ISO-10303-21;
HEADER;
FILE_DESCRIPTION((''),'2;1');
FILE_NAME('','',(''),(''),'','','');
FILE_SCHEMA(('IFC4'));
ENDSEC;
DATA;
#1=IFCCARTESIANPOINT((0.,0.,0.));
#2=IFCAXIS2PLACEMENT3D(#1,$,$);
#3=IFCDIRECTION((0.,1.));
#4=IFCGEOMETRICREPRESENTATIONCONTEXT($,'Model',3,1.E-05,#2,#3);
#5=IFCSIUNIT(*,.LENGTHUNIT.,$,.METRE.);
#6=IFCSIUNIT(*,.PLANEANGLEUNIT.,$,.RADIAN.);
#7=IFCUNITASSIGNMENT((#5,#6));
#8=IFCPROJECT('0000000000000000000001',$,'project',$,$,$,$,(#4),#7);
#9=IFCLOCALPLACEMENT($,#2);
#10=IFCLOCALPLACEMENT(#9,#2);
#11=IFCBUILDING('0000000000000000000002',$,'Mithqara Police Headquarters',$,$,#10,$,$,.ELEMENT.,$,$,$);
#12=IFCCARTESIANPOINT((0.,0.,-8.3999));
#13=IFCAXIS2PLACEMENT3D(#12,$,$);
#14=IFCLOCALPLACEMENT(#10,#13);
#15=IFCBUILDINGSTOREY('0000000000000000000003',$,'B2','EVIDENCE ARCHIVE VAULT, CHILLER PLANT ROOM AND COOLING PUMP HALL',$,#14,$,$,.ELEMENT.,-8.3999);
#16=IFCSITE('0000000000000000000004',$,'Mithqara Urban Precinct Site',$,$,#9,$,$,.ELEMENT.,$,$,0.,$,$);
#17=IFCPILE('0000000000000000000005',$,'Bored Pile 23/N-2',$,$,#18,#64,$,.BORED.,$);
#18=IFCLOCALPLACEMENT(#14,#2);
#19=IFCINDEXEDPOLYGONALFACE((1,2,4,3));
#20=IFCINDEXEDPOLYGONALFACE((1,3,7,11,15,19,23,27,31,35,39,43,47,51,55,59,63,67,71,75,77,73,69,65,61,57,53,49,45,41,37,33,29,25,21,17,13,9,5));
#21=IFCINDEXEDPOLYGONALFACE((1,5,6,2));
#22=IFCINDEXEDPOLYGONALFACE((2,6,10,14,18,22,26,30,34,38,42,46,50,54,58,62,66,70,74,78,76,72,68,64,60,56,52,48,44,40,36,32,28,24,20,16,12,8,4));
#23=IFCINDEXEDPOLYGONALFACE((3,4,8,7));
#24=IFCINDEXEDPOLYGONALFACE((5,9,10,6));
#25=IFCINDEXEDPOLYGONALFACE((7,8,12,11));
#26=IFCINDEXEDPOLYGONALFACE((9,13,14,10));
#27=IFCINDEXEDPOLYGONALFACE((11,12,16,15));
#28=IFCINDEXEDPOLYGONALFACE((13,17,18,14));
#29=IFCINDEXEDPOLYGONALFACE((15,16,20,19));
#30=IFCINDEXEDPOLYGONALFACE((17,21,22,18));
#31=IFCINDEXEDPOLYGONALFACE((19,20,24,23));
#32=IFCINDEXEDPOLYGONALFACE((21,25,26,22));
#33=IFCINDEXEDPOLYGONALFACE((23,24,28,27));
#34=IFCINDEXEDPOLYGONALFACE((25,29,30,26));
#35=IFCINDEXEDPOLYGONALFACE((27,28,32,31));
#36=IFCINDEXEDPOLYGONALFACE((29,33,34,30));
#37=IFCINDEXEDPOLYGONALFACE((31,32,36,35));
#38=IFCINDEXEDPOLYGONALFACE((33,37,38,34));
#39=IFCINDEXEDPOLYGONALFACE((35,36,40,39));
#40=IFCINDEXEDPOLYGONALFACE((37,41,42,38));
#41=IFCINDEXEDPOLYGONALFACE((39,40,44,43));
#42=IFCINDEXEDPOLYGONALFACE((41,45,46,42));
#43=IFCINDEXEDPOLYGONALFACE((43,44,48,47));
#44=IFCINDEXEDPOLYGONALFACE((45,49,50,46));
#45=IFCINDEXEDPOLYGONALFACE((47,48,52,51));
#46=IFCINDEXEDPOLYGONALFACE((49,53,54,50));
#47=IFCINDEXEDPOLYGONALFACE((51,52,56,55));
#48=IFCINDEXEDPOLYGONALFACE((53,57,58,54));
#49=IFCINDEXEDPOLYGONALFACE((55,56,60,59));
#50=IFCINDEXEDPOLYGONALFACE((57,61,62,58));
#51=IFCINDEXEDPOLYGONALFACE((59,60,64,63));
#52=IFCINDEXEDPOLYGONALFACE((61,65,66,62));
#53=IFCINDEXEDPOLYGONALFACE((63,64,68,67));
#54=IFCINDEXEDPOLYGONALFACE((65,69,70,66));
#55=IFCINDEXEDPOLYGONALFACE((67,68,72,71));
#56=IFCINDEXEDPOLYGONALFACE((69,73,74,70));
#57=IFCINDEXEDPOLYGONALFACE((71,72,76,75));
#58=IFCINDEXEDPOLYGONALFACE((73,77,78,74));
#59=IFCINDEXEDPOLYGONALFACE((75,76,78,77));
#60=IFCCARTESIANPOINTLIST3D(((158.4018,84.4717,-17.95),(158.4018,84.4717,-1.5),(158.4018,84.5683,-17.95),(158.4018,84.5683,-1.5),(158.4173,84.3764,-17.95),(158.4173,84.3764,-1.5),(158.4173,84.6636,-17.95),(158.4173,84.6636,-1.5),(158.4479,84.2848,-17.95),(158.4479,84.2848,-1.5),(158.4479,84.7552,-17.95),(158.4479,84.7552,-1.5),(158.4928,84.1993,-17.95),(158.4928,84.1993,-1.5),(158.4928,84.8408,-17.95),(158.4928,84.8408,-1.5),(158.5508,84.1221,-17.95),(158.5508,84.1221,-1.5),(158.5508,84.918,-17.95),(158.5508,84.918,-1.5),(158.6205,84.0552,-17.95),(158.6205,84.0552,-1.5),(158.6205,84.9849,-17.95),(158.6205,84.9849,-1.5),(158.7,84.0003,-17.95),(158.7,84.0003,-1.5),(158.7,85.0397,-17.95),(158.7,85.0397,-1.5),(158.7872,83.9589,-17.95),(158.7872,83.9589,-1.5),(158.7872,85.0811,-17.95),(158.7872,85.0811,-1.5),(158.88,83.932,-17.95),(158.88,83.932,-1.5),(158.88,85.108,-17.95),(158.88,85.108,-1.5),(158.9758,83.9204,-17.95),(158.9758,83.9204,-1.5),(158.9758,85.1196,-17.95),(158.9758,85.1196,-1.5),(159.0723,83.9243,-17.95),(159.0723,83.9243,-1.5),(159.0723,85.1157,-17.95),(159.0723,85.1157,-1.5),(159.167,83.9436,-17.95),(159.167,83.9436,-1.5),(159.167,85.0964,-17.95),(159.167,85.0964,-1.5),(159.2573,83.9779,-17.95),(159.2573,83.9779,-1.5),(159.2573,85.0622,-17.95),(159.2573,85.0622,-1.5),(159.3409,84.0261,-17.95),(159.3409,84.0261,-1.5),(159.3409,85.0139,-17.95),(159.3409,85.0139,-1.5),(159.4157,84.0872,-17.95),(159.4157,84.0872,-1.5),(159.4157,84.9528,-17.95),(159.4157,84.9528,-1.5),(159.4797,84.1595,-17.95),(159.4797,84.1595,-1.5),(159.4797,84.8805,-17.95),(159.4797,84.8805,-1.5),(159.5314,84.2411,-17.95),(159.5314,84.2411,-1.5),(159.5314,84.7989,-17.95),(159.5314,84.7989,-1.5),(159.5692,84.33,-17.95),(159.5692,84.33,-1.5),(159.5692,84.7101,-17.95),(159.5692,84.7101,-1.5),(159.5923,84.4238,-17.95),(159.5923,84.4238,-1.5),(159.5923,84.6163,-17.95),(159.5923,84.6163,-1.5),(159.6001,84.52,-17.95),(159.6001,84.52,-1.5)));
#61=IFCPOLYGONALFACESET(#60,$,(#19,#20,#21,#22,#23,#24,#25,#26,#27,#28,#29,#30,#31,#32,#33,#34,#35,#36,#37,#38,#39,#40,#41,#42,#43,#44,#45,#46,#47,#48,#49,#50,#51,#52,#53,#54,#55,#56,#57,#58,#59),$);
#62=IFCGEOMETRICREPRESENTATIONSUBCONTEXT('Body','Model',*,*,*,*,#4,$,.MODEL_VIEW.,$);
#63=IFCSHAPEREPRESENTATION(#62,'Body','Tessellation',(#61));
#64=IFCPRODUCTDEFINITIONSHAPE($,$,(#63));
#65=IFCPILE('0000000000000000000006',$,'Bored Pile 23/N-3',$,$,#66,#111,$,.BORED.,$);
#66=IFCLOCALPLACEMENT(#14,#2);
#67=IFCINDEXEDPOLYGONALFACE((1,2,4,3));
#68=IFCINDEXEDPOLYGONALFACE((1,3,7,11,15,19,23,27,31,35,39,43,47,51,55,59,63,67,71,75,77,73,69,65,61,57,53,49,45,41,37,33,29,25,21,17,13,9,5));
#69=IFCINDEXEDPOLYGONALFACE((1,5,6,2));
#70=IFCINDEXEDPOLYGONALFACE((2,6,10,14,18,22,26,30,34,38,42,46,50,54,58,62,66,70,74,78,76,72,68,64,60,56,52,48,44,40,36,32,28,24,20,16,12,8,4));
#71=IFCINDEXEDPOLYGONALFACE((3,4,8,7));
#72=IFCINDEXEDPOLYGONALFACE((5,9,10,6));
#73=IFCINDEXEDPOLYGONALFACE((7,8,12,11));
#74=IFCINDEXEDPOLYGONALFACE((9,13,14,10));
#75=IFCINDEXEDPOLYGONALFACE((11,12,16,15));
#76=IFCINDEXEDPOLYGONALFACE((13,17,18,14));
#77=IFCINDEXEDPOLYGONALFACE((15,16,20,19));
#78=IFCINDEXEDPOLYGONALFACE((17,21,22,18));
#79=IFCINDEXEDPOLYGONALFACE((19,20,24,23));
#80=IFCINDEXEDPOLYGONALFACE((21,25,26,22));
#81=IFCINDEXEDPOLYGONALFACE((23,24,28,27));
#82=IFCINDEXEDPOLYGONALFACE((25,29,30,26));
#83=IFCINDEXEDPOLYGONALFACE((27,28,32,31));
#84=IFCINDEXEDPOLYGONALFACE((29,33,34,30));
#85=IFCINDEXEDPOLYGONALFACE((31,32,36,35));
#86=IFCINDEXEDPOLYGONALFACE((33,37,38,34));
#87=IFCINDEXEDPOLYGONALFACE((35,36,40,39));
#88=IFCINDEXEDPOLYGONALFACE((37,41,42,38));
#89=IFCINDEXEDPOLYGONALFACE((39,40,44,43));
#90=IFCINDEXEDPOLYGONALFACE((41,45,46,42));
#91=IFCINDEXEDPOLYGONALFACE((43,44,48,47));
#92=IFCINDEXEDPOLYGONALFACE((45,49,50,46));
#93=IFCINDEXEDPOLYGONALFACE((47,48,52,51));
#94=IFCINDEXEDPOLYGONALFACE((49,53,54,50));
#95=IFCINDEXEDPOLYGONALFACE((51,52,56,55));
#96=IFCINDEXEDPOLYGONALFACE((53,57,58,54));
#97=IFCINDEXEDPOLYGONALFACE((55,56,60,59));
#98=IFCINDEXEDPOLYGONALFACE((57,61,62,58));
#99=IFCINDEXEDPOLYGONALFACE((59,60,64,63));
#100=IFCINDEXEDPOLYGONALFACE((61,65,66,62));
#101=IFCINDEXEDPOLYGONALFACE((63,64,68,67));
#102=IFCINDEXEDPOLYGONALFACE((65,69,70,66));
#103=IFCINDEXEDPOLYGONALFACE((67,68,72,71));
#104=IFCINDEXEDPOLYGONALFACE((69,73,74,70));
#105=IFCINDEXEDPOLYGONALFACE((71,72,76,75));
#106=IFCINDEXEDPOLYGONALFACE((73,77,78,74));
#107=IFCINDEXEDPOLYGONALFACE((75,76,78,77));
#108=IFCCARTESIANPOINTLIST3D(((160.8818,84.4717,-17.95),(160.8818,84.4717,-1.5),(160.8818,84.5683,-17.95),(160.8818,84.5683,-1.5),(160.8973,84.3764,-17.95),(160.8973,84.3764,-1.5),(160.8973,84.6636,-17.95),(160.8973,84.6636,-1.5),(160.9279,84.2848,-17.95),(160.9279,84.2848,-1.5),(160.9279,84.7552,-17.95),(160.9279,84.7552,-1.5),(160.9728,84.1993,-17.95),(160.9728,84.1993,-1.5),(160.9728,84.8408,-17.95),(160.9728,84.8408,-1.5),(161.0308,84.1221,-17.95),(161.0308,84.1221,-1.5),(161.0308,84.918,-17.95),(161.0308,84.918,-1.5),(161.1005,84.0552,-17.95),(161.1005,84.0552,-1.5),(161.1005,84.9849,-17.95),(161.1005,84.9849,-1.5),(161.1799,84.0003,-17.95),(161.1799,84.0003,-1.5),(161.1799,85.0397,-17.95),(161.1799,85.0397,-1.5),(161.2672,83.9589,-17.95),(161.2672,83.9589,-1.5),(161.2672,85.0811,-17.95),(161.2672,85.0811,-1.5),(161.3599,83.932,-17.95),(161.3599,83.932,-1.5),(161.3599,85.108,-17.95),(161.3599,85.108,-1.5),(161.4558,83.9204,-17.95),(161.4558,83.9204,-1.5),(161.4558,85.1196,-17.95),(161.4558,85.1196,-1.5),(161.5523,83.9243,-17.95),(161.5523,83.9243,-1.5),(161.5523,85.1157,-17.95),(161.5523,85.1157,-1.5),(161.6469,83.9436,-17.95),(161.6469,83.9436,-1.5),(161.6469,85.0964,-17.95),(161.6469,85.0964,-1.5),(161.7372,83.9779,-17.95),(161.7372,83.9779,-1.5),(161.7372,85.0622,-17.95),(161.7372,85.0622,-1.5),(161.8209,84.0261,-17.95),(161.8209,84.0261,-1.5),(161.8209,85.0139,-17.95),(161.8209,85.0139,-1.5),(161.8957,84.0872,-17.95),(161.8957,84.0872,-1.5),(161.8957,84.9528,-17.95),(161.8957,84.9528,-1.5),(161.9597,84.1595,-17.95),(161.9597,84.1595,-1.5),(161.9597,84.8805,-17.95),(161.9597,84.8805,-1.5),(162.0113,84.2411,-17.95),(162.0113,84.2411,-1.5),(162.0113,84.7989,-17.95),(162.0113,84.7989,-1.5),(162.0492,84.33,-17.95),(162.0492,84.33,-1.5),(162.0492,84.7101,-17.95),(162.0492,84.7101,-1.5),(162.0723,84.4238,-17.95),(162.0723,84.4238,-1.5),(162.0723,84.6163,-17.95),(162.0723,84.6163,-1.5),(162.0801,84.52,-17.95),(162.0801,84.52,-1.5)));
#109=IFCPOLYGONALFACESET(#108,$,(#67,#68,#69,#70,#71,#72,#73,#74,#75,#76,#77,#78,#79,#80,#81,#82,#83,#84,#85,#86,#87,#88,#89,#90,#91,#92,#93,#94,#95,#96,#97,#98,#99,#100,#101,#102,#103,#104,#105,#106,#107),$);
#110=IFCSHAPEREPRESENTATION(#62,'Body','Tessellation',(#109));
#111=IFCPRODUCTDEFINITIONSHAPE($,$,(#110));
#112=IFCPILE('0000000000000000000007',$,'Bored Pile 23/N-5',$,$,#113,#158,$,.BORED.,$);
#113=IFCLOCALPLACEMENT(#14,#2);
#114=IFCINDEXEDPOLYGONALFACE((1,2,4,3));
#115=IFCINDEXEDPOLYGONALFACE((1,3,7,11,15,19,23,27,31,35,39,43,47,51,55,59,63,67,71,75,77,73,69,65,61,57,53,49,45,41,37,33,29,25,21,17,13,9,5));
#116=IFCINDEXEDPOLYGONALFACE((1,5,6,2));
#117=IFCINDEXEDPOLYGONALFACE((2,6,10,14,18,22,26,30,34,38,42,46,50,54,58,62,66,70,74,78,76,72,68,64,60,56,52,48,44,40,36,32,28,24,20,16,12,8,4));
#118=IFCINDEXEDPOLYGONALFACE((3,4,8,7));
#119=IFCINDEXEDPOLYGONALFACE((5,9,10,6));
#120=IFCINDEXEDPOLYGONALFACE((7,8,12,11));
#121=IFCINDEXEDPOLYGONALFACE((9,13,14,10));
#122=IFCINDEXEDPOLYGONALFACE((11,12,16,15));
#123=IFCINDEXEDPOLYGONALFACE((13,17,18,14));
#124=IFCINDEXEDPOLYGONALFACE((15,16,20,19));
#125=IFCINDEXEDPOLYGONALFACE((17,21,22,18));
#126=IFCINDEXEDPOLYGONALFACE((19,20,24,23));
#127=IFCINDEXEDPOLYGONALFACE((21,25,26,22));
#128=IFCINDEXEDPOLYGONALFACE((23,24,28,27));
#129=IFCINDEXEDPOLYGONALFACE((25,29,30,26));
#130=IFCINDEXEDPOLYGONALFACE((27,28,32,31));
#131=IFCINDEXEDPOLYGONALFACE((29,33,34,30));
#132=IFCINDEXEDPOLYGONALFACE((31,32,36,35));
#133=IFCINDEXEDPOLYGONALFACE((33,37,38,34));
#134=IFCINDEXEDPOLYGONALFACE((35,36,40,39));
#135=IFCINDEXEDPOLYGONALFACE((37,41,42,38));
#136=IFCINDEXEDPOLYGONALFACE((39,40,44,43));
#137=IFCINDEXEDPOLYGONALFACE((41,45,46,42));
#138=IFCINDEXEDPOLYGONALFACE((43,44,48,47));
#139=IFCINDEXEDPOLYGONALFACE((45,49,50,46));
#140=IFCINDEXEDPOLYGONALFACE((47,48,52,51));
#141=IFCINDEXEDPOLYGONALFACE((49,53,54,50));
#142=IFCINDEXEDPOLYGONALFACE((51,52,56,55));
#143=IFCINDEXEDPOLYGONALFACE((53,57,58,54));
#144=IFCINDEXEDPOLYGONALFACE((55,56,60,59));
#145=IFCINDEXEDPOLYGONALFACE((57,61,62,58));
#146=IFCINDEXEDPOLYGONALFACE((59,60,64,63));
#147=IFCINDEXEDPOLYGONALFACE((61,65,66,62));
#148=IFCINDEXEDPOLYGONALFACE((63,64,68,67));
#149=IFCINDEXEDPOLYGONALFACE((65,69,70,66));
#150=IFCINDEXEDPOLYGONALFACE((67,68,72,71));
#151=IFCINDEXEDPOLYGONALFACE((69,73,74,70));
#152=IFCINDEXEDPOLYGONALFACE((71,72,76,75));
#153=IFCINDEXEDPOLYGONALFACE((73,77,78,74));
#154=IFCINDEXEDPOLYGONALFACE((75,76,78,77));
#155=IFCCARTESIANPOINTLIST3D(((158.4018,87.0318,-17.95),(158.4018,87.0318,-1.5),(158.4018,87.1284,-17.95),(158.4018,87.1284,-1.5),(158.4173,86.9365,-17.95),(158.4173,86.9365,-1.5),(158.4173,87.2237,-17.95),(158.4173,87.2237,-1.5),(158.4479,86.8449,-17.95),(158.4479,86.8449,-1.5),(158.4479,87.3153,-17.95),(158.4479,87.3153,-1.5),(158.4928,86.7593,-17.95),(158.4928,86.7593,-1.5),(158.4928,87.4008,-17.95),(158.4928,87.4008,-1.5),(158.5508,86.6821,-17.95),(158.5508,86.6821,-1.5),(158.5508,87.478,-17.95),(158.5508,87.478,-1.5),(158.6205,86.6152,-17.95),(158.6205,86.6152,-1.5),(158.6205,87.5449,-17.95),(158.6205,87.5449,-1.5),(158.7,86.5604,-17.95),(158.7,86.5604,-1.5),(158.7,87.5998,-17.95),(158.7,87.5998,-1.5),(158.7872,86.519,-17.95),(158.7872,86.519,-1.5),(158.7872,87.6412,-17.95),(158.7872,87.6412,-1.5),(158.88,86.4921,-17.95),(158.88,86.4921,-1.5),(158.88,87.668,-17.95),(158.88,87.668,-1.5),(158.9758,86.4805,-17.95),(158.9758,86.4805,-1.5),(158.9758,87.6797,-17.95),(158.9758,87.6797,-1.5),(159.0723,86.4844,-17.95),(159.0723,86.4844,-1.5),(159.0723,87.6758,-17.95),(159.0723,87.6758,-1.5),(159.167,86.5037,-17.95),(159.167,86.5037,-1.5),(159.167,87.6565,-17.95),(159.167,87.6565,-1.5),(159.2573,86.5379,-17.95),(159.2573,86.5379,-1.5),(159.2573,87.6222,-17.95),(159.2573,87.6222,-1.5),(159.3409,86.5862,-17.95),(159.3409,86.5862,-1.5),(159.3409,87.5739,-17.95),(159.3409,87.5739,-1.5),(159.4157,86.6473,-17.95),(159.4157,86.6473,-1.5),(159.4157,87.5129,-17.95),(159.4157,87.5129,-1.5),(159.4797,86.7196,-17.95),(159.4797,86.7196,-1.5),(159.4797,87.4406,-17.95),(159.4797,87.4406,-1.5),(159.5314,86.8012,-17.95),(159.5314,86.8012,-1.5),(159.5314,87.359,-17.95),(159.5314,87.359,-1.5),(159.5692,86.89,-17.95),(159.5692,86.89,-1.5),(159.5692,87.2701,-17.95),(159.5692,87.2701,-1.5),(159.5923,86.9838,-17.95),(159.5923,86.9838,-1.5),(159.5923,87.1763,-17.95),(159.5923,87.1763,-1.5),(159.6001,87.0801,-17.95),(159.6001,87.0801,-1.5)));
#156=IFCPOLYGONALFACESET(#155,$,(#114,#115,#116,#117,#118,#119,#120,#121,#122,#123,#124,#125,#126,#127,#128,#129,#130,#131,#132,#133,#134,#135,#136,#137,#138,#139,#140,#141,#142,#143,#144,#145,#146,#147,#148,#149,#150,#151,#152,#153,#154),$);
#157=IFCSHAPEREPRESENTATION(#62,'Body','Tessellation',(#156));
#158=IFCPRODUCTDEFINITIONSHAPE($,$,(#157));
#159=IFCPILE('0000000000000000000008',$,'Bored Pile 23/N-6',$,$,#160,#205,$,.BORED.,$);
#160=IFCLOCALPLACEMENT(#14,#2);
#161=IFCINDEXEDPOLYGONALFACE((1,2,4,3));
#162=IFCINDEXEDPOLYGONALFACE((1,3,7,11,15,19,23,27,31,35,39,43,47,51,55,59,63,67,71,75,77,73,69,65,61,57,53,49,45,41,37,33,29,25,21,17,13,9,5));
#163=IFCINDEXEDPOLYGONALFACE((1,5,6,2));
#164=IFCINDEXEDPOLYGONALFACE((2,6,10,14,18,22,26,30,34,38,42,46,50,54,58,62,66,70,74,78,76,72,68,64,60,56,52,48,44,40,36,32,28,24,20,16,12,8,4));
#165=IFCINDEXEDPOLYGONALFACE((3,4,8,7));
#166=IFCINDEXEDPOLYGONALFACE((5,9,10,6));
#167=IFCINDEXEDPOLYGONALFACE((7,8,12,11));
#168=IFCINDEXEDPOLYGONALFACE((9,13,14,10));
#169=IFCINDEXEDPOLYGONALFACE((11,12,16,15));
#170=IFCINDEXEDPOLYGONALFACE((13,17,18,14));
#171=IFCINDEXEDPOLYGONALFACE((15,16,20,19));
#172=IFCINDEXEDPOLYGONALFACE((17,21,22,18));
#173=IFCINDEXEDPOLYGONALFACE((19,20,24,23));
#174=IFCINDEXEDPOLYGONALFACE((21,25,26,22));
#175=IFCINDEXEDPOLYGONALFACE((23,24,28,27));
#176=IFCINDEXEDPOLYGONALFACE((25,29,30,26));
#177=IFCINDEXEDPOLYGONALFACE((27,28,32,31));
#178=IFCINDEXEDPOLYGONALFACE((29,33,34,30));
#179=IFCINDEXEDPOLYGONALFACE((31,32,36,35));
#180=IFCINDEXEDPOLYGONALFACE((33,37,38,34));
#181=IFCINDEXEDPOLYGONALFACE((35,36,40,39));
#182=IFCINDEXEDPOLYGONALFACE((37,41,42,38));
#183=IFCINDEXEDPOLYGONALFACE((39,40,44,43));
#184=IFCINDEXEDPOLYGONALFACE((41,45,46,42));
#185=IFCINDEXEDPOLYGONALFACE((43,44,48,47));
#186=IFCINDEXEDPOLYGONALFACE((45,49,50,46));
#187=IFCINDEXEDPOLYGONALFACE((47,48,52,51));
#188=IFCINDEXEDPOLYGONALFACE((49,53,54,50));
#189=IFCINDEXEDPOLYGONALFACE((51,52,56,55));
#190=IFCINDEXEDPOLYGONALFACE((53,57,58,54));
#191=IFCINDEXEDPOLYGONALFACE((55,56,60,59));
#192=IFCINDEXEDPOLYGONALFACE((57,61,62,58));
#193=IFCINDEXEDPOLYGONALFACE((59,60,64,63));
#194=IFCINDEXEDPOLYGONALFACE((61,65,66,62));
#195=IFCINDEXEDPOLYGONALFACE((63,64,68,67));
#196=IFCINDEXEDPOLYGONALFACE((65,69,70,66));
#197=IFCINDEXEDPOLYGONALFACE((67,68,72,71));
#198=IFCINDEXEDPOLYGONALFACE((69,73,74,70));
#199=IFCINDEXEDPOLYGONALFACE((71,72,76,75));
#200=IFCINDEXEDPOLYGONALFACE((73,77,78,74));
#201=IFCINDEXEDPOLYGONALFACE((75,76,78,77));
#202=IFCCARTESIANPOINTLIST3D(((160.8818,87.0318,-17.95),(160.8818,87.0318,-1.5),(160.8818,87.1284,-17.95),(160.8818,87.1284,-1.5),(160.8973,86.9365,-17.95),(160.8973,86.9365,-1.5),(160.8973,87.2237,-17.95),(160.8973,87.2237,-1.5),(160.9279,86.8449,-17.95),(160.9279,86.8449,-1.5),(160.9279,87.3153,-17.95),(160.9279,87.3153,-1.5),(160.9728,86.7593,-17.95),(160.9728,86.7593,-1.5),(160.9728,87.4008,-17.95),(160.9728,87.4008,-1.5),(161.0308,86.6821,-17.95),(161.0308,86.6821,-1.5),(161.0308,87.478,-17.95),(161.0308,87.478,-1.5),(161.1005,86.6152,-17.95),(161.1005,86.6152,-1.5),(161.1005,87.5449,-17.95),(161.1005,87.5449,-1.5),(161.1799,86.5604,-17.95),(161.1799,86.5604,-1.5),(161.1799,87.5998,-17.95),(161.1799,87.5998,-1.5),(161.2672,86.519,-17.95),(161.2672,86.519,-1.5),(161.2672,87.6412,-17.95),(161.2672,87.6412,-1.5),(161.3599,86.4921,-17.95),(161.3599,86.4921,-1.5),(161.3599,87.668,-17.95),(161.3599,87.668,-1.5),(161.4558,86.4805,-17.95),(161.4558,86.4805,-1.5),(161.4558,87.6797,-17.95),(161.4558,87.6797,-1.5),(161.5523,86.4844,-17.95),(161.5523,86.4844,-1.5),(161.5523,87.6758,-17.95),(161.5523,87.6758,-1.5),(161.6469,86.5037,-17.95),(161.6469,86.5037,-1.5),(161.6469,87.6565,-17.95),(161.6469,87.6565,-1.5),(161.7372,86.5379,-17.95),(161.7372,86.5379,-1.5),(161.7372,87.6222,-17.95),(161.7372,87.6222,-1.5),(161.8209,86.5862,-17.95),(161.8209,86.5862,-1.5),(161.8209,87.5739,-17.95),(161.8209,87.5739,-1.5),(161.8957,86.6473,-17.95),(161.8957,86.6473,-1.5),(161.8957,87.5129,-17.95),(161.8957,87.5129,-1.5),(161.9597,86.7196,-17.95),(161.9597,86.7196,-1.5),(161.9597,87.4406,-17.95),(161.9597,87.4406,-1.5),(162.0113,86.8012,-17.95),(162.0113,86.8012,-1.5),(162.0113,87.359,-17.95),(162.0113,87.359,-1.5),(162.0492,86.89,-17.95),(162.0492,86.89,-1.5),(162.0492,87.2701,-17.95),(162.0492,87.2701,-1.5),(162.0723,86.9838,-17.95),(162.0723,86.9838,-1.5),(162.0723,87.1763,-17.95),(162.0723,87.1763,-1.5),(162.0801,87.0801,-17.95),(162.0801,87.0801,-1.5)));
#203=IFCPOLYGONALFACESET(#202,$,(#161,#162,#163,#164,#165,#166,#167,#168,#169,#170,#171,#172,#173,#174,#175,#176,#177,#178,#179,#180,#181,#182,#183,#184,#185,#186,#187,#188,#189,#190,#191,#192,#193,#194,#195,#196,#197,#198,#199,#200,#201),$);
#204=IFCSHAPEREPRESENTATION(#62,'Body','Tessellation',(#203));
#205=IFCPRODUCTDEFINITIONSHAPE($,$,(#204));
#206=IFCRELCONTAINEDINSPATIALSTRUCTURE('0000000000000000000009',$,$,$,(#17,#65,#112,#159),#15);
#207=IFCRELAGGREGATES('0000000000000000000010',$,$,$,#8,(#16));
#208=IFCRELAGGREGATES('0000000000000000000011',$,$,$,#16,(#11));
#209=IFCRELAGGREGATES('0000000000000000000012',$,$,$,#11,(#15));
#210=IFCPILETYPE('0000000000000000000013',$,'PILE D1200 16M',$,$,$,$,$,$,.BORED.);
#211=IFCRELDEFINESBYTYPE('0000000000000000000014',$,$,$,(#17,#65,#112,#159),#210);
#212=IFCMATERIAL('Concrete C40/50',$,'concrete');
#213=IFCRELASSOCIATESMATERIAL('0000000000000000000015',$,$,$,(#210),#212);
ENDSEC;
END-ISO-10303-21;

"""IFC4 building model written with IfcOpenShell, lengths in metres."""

from ifc_helpers import new_model, si_unit, direction, frame, origin, origin_2d, place, context, subcontext, project, spatial, circle, extrude, material, material_profile, profile_set, type_object, element, save


model = new_model("IFC4")

# Units and contexts
model_context = context("Model", 3, precision=1e-05, world=origin(), true_north=direction((0.0, 1.0)))
body_context = subcontext(model_context, "Body", "Model", "MODEL_VIEW")
ifc_project = project(units=[si_unit("LENGTHUNIT", "METRE"), si_unit("PLANEANGLEUNIT", "RADIAN")], contexts=[model_context])

# Site, building, storey
site_placement = place(None, origin())
site = spatial("IfcSite", under=ifc_project, at=site_placement, Name="Mithqara Urban Precinct Site", CompositionType="ELEMENT", RefElevation=0.0)
building_placement = place(site_placement, origin())
building = spatial("IfcBuilding", under=site, at=building_placement, Name="Mithqara Police Headquarters", CompositionType="ELEMENT")
storey_placement = place(building_placement, frame((0.0, 0.0, -8.3999)))
storey = spatial("IfcBuildingStorey", under=building, at=storey_placement, Name="B2", Description="EVIDENCE ARCHIVE VAULT, CHILLER PLANT ROOM AND COOLING PUMP HALL", CompositionType="ELEMENT", Elevation=-8.3999)

# Shared definitions
ifc_material_1 = material(Name="Concrete C40/50", Category="concrete")

# Piles
ifc_material_profile_1 = material_profile(ifc_material_1, circle(Radius=0.6001, at=origin_2d()), Name="PILE D1200")
ifc_profile_set_1 = profile_set([ifc_material_profile_1], Name="Concrete C40/50")
pile_type_1 = type_object("IfcPileType", Name="PILE D1200 16M", PredefinedType="BORED", material=ifc_profile_set_1)
for number, where, z_axis, x_axis, name in (
    (1, (159.0, 84.52, -1.5), (0.0, 0.0, -1.0), (1.0, 0.0, 0.0), "Bored Pile 23/N-2"),
    (2, (161.48, 84.52, -1.5), (0.0, 0.0, -1.0), (1.0, 0.0, 0.0), "Bored Pile 23/N-3"),
    (3, (159.0, 87.0801, -1.5), (0.0, 0.0, -1.0), (1.0, 0.0, 0.0), "Bored Pile 23/N-5"),
    (4, (161.48, 87.0801, -1.5), (0.0, 0.0, -1.0), (1.0, 0.0, 0.0), "Bored Pile 23/N-6"),
):
    element("IfcPile", number, at=place(storey_placement, frame(where, z_axis=z_axis, x_axis=x_axis)), inside=storey, type_object=pile_type_1, Name=name, PredefinedType="BORED", context=body_context, shape_type="SweptSolid", body=[
        extrude(circle(Radius=0.6001, at=origin_2d()), origin(), (0.0, 0.0, 1.0), 16.45),
    ])

save(model, "model.ifc")
